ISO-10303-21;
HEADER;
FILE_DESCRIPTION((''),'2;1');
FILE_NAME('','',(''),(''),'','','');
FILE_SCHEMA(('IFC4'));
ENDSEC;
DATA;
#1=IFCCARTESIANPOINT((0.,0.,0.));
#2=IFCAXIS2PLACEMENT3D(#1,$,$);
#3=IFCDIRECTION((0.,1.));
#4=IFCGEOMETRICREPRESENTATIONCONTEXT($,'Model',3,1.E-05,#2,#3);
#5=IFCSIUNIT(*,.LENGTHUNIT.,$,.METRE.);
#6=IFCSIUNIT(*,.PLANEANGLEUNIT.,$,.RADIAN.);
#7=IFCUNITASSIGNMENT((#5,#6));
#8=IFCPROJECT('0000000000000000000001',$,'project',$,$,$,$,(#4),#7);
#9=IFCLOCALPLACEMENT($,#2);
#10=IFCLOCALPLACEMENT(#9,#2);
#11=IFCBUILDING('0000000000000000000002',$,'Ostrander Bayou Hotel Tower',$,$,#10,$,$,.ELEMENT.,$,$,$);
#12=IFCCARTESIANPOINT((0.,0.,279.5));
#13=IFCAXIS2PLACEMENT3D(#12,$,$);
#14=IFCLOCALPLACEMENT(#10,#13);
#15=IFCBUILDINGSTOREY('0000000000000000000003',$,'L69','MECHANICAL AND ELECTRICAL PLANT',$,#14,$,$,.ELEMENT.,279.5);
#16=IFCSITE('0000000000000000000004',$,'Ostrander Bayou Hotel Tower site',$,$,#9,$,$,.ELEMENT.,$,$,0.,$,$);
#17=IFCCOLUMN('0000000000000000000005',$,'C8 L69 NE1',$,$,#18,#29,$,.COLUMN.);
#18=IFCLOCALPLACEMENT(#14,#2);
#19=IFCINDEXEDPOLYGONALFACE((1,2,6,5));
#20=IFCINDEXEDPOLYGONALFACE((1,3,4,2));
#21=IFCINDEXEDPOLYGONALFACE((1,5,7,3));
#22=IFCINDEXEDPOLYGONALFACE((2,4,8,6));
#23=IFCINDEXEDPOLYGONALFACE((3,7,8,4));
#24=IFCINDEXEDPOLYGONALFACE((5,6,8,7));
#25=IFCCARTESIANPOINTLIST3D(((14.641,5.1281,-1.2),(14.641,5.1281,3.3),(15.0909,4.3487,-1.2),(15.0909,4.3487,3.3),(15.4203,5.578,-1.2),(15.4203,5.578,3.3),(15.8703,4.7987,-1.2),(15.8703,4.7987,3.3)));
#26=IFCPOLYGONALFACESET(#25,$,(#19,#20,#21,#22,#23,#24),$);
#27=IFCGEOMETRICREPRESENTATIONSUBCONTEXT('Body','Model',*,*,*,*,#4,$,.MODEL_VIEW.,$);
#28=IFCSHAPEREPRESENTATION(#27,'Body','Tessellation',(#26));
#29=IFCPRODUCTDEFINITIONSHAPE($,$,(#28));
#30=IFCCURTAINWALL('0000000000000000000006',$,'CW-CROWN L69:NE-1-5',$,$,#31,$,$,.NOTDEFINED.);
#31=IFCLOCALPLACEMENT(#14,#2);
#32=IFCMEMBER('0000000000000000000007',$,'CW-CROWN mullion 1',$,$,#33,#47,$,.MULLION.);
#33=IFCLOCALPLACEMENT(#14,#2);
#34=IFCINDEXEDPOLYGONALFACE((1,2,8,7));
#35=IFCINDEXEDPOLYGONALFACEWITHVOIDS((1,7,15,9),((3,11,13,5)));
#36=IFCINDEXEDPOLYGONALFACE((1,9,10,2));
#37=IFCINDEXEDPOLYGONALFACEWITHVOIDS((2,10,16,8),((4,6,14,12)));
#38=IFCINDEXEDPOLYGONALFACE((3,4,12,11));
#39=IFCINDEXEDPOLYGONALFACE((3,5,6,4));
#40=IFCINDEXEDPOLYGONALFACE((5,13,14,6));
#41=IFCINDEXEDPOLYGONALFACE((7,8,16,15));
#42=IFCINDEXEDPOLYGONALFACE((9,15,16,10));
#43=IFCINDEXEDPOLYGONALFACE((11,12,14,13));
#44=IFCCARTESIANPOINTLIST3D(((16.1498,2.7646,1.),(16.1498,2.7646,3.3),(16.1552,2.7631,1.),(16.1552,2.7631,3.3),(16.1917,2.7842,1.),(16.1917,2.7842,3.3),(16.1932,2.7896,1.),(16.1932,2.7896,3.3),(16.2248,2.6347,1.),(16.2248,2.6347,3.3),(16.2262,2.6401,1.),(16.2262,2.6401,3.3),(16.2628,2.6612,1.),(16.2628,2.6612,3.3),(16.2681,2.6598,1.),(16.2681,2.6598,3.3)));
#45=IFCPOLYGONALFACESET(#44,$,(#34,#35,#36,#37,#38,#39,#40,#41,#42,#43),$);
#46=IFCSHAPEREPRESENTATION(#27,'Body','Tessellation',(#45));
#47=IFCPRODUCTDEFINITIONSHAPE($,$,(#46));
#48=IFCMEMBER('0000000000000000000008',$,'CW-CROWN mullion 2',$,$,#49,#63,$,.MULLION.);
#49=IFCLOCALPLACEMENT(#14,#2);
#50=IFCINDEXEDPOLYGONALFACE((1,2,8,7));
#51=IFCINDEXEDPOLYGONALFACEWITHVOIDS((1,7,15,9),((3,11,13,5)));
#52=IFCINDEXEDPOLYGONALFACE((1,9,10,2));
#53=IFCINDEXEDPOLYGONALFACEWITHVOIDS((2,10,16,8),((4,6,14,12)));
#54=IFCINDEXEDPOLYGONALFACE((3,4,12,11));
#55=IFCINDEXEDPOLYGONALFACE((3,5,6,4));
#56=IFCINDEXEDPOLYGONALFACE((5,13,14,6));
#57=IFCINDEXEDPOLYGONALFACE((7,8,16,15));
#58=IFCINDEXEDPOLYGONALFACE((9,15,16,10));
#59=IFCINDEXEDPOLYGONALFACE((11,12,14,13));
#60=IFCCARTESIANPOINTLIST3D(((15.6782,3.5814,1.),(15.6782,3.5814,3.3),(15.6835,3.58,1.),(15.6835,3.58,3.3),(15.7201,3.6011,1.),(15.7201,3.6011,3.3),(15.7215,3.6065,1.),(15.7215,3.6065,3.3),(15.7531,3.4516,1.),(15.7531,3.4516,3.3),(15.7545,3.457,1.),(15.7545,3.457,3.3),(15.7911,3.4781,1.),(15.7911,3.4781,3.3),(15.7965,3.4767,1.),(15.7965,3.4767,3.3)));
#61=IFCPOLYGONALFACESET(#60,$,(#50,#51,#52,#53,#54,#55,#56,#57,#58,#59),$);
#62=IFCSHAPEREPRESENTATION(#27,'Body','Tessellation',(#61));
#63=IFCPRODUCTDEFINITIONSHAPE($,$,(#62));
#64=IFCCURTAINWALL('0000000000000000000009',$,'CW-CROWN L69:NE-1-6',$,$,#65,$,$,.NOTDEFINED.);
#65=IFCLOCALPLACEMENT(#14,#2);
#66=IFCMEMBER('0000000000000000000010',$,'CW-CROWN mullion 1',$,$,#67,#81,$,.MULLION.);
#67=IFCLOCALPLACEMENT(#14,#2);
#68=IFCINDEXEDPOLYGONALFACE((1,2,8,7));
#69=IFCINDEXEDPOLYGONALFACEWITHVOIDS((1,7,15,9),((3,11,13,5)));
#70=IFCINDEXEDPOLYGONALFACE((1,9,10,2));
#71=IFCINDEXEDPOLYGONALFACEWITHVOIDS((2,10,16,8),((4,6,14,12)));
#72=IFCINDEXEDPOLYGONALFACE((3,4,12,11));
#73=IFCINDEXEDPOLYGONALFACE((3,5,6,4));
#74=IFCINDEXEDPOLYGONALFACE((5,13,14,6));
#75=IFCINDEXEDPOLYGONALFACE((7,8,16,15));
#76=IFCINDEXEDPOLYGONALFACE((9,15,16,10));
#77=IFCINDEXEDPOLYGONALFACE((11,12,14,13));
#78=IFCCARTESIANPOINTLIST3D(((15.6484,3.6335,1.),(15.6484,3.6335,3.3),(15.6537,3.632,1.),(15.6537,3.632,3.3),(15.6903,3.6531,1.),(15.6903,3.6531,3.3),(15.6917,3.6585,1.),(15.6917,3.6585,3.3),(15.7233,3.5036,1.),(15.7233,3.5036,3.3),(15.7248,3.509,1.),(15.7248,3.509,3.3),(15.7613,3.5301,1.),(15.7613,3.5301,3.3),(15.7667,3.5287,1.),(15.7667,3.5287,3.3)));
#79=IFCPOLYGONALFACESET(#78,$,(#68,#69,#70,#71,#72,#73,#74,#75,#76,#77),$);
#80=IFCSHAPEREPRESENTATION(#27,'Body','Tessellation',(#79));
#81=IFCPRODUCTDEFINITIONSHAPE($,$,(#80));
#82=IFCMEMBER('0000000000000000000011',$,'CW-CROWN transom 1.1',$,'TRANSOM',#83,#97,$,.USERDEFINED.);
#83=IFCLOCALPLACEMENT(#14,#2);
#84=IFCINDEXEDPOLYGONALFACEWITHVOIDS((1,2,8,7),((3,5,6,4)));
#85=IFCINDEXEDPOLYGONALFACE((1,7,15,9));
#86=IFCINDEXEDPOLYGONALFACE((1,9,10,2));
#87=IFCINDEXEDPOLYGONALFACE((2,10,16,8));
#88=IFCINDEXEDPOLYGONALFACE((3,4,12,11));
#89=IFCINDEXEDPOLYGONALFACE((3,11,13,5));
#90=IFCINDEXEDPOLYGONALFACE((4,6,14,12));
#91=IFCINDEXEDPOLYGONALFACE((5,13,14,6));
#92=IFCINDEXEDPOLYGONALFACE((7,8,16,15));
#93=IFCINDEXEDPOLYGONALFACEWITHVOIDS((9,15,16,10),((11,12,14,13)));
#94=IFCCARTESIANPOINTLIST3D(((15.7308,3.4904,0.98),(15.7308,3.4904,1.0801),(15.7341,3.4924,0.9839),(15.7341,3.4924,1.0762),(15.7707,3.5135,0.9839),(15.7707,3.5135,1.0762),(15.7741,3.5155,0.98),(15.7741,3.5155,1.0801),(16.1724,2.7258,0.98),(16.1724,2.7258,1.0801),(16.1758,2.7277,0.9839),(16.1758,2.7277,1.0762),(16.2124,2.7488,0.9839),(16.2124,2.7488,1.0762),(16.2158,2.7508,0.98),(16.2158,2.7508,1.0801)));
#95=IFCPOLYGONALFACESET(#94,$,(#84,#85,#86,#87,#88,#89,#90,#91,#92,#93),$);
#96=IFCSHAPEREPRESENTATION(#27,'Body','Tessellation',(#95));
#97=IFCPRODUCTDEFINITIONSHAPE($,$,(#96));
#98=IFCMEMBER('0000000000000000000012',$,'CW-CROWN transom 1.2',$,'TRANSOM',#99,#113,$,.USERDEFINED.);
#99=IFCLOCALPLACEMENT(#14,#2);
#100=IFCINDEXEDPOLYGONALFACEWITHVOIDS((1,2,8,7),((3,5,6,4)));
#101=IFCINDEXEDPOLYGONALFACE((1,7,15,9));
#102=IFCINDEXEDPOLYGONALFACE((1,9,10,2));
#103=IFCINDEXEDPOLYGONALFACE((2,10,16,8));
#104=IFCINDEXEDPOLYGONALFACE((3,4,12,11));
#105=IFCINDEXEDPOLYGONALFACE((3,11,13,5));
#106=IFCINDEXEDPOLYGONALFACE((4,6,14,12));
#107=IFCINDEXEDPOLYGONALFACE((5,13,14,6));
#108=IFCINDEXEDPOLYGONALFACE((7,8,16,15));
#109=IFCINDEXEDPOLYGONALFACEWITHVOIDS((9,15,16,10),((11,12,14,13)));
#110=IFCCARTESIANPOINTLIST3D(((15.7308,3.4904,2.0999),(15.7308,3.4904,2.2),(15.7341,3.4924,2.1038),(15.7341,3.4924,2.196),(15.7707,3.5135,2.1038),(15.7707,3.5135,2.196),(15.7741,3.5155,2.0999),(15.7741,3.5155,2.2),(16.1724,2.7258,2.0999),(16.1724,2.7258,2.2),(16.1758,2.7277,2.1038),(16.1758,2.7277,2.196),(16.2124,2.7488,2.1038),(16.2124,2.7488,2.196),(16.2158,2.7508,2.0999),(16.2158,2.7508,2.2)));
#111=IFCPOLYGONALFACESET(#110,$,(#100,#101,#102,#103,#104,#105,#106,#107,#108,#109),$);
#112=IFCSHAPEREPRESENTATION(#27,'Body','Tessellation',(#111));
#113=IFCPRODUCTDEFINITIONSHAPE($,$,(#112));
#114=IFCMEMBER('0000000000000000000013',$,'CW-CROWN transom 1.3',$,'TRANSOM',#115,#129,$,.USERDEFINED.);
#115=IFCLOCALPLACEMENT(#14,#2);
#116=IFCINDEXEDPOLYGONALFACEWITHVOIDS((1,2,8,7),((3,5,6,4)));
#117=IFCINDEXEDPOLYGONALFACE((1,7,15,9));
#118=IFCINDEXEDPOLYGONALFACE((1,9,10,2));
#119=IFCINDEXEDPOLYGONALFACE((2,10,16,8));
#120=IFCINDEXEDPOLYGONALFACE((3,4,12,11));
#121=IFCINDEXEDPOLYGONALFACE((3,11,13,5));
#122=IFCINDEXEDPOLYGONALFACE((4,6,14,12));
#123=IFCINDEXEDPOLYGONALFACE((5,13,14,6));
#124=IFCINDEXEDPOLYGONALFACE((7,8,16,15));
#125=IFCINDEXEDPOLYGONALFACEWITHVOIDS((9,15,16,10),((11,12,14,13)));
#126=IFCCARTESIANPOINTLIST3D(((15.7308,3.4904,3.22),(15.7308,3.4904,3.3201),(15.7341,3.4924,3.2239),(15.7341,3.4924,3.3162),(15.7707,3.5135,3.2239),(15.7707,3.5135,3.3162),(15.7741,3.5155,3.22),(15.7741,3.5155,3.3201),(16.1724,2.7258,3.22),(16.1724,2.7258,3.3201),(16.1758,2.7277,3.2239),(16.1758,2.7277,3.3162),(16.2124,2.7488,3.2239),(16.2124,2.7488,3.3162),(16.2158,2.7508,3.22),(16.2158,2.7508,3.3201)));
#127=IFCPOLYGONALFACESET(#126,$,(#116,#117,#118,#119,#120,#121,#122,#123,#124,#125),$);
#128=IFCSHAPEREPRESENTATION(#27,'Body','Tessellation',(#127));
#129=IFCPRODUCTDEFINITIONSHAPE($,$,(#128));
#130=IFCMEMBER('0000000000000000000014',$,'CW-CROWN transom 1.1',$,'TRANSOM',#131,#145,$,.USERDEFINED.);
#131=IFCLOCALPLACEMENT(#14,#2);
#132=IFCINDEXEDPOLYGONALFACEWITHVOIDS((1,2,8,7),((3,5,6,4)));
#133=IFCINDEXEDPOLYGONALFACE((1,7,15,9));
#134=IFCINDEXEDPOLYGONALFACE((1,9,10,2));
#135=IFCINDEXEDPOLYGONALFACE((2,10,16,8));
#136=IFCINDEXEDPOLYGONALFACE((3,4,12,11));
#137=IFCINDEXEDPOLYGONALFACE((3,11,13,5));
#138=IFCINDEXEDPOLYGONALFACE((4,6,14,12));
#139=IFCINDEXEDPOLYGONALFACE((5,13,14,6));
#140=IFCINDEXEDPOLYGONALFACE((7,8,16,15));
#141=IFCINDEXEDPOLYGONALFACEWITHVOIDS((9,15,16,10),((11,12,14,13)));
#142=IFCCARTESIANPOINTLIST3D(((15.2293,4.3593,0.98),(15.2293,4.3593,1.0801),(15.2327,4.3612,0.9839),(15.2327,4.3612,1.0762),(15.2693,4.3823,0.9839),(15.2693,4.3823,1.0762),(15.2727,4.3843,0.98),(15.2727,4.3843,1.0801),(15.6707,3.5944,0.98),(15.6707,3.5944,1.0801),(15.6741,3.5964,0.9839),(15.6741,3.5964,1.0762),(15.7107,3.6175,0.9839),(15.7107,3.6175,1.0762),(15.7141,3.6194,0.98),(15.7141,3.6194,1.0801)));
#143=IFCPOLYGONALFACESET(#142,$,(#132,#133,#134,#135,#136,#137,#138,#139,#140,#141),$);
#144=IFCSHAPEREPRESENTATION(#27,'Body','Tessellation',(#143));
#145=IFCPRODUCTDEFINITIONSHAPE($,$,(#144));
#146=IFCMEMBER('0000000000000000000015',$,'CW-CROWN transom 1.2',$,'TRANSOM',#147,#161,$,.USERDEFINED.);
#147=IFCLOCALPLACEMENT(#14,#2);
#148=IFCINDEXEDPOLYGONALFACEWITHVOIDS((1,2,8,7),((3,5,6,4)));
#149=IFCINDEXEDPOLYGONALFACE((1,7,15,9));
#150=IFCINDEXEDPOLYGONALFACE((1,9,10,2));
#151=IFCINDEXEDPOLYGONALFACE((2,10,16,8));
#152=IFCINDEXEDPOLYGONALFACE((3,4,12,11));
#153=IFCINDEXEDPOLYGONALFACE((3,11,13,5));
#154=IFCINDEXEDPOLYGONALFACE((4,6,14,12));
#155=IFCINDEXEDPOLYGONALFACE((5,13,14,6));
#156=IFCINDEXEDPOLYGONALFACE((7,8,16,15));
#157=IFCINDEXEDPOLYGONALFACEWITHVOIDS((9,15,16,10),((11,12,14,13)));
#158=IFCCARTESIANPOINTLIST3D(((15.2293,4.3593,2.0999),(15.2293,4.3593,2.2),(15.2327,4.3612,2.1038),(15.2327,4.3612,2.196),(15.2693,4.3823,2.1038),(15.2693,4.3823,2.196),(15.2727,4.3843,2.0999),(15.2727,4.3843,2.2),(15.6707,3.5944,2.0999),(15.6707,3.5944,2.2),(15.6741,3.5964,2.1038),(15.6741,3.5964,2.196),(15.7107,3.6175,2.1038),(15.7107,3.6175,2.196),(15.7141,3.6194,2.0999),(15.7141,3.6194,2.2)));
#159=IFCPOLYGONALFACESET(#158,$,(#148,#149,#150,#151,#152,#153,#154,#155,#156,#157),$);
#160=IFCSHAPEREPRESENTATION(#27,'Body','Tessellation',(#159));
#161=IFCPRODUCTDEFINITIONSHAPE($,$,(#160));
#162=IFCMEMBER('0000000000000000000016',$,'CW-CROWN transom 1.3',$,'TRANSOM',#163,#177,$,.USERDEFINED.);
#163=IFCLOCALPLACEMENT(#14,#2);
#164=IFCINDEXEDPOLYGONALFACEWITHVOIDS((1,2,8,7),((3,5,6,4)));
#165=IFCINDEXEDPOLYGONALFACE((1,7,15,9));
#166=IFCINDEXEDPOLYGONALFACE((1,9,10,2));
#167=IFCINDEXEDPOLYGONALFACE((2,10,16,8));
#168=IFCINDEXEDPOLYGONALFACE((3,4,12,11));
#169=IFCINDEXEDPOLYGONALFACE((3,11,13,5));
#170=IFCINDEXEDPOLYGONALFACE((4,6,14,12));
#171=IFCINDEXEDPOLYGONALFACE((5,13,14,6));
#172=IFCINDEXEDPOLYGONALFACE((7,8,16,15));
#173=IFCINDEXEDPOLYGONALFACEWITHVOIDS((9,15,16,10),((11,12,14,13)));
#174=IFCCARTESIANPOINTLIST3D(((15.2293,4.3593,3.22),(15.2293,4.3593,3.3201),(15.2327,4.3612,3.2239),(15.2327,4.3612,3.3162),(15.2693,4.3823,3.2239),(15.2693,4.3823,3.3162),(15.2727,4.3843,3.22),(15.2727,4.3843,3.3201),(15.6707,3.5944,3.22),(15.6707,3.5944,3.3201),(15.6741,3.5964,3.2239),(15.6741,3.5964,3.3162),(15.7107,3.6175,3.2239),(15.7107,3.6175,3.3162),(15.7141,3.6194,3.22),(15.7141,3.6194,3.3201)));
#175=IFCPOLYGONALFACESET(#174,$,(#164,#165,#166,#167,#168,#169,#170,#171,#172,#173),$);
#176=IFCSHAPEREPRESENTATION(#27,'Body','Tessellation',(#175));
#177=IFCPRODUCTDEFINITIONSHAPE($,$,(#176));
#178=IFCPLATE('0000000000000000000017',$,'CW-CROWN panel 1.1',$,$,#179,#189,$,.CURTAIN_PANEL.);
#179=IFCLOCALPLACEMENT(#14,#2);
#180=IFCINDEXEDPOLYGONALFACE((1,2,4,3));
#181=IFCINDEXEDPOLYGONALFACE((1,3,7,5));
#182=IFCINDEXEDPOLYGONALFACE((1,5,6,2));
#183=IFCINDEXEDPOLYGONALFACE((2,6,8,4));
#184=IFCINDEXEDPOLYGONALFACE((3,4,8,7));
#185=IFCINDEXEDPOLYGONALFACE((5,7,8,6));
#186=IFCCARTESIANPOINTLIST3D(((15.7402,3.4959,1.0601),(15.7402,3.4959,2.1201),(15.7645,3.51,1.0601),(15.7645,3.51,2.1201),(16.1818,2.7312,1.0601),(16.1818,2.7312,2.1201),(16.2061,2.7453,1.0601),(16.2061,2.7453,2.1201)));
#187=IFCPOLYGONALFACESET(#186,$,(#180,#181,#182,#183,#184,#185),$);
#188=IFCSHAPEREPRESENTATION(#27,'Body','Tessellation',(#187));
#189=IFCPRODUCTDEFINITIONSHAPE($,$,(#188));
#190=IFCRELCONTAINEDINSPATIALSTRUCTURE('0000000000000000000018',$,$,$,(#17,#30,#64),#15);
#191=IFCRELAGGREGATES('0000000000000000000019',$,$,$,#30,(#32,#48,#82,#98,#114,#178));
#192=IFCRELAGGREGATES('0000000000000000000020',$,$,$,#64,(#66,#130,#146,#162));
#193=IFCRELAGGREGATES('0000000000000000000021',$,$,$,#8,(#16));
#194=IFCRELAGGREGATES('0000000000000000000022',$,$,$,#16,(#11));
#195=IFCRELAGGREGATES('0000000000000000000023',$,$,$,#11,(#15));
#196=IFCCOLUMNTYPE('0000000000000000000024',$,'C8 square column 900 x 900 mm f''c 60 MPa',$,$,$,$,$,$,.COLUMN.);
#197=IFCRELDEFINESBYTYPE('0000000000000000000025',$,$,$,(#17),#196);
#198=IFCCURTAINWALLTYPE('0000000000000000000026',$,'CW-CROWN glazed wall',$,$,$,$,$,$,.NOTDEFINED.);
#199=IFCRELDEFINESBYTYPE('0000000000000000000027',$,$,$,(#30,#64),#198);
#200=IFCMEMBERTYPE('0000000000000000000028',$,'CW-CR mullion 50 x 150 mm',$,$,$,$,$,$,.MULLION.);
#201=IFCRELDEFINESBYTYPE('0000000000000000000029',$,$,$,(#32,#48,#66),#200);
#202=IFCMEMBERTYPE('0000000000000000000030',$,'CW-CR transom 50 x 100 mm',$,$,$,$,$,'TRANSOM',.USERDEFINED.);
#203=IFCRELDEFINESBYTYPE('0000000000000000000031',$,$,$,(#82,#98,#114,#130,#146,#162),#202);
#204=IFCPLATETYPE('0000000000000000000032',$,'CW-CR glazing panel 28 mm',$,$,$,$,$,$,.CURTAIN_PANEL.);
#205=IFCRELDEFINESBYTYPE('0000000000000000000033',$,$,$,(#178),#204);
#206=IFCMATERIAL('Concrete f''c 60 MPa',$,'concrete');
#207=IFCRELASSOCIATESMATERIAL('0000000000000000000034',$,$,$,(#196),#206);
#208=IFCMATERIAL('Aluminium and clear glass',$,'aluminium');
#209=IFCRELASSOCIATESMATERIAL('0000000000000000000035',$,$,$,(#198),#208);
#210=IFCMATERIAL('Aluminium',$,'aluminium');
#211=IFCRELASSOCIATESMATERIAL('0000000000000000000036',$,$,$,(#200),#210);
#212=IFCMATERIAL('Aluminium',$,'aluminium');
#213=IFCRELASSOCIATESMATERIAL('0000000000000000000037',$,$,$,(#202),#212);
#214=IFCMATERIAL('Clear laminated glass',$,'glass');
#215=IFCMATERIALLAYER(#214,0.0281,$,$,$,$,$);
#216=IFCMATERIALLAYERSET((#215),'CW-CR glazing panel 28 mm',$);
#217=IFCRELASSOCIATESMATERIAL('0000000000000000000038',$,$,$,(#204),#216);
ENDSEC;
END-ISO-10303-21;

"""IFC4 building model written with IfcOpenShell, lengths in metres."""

from ifc_helpers import new_model, si_unit, direction, frame, origin, origin_2d, place, context, subcontext, project, spatial, rectangle, hollow_rectangle, extrude, material, layer, layer_set, material_profile, profile_set, type_object, element, aggregate, save


model = new_model("IFC4")

# Units and contexts
model_context = context("Model", 3, precision=1e-05, world=origin(), true_north=direction((0.0, 1.0)))
body_context = subcontext(model_context, "Body", "Model", "MODEL_VIEW")
ifc_project = project(units=[si_unit("LENGTHUNIT", "METRE"), si_unit("PLANEANGLEUNIT", "RADIAN")], contexts=[model_context])

# Site, building, storey
site_placement = place(None, origin())
site = spatial("IfcSite", under=ifc_project, at=site_placement, Name="Ostrander Bayou Hotel Tower site", CompositionType="ELEMENT", RefElevation=0.0)
building_placement = place(site_placement, origin())
building = spatial("IfcBuilding", under=site, at=building_placement, Name="Ostrander Bayou Hotel Tower", CompositionType="ELEMENT")
storey_placement = place(building_placement, frame((0.0, 0.0, 279.5)))
storey = spatial("IfcBuildingStorey", under=building, at=storey_placement, Name="L69", Description="MECHANICAL AND ELECTRICAL PLANT", CompositionType="ELEMENT", Elevation=279.5)

# Column
ifc_material_1 = material(Name="Concrete f'c 60 MPa", Category="concrete")
ifc_material_profile_1 = material_profile(ifc_material_1, rectangle(XDim=0.8999, YDim=0.8999, at=origin_2d()))
ifc_profile_set_1 = profile_set([ifc_material_profile_1], Name="Concrete f'c 60 MPa")
column_type = type_object("IfcColumnType", Name="C8 square column 900 x 900 mm f'c 60 MPa", PredefinedType="COLUMN", material=ifc_profile_set_1)
column_placement = place(storey_placement, frame((15.2556, 4.9634, -1.2), z_axis=(0.0, 0.0, 1.0), x_axis=(0.5, -0.866025, 0.0)))
element("IfcColumn", 1, at=column_placement, inside=storey, type_object=column_type, Name="C8 L69 NE1", PredefinedType="COLUMN", context=body_context, shape_type="SweptSolid", body=[
    extrude(rectangle(XDim=0.8999, YDim=0.8999, at=origin_2d()), origin(), (0.0, 0.0, 1.0), 4.5),
])

# Curtain wall, members
ifc_material_2 = material(Name="Aluminium and clear glass", Category="aluminium")
curtain_wall_type = type_object("IfcCurtainWallType", Name="CW-CROWN glazed wall", PredefinedType="NOTDEFINED", material=ifc_material_2)
curtain_wall_1_placement = place(storey_placement, origin())
curtain_wall_1 = element("IfcCurtainWall", 2, at=curtain_wall_1_placement, inside=storey, type_object=curtain_wall_type, Name="CW-CROWN L69:NE-1-5", PredefinedType="NOTDEFINED")
ifc_material_3 = material(Name="Aluminium", Category="aluminium")
ifc_material_profile_2 = material_profile(ifc_material_3, hollow_rectangle(XDim=0.05, YDim=0.1499, WallThickness=0.0039, at=origin_2d()))
ifc_profile_set_2 = profile_set([ifc_material_profile_2], Name="Aluminium")
member_type_1 = type_object("IfcMemberType", Name="CW-CR mullion 50 x 150 mm", PredefinedType="MULLION", material=ifc_profile_set_2)
member_1_placement = place(storey_placement, frame((16.209, 2.7122, 1.0), z_axis=(0.0, 0.0, 1.0), x_axis=(-0.866001, -0.500042, 0.0)))
member_1 = element("IfcMember", 3, at=member_1_placement, type_object=member_type_1, Name="CW-CROWN mullion 1", PredefinedType="MULLION", context=body_context, shape_type="SweptSolid", body=[
    extrude(hollow_rectangle(XDim=0.05, YDim=0.1499, WallThickness=0.0039, at=origin_2d()), origin(), (0.0, 0.0, 1.0), 2.3),
])
member_2_placement = place(storey_placement, frame((15.7373, 3.5291, 1.0), z_axis=(0.0, 0.0, 1.0), x_axis=(-0.866001, -0.500042, 0.0)))
member_2 = element("IfcMember", 4, at=member_2_placement, type_object=member_type_1, Name="CW-CROWN mullion 2", PredefinedType="MULLION", context=body_context, shape_type="SweptSolid", body=[
    extrude(hollow_rectangle(XDim=0.05, YDim=0.1499, WallThickness=0.0039, at=origin_2d()), origin(), (0.0, 0.0, 1.0), 2.3),
])

# Curtain wall, member
curtain_wall_2_placement = place(storey_placement, origin())
curtain_wall_2 = element("IfcCurtainWall", 5, at=curtain_wall_2_placement, inside=storey, type_object=curtain_wall_type, Name="CW-CROWN L69:NE-1-6", PredefinedType="NOTDEFINED")
member_3_placement = place(storey_placement, frame((15.7075, 3.5811, 1.0), z_axis=(0.0, 0.0, 1.0), x_axis=(-0.866044, -0.499967, 0.0)))
member_3 = element("IfcMember", 6, at=member_3_placement, type_object=member_type_1, Name="CW-CROWN mullion 1", PredefinedType="MULLION", context=body_context, shape_type="SweptSolid", body=[
    extrude(hollow_rectangle(XDim=0.05, YDim=0.1499, WallThickness=0.0039, at=origin_2d()), origin(), (0.0, 0.0, 1.0), 2.3),
])

# Members
ifc_material_4 = material(Name="Aluminium", Category="aluminium")
ifc_material_profile_3 = material_profile(ifc_material_4, hollow_rectangle(XDim=0.05, YDim=0.1001, WallThickness=0.0039, at=origin_2d()))
ifc_profile_set_3 = profile_set([ifc_material_profile_3], Name="Aluminium")
member_type_2 = type_object("IfcMemberType", Name="CW-CR transom 50 x 100 mm", ElementType="TRANSOM", PredefinedType="USERDEFINED", material=ifc_profile_set_3)
member_4_placement = place(storey_placement, frame((16.1941, 2.7383, 1.03), z_axis=(-0.500153, 0.865937, 0.0), x_axis=(-0.865937, -0.500153, 0.0)))
member_4 = element("IfcMember", 7, at=member_4_placement, type_object=member_type_2, Name="CW-CROWN transom 1.1", ObjectType="TRANSOM", PredefinedType="USERDEFINED", context=body_context, shape_type="SweptSolid", body=[
    extrude(hollow_rectangle(XDim=0.05, YDim=0.1001, WallThickness=0.0039, at=origin_2d()), origin(), (0.0, 0.0, 1.0), 0.8831),
])
member_5_placement = place(storey_placement, frame((16.1941, 2.7383, 2.1499), z_axis=(-0.500153, 0.865937, 0.0), x_axis=(-0.865937, -0.500153, 0.0)))
member_5 = element("IfcMember", 8, at=member_5_placement, type_object=member_type_2, Name="CW-CROWN transom 1.2", ObjectType="TRANSOM", PredefinedType="USERDEFINED", context=body_context, shape_type="SweptSolid", body=[
    extrude(hollow_rectangle(XDim=0.05, YDim=0.1001, WallThickness=0.0039, at=origin_2d()), origin(), (0.0, 0.0, 1.0), 0.8831),
])
member_6_placement = place(storey_placement, frame((16.1941, 2.7383, 3.27), z_axis=(-0.500153, 0.865937, 0.0), x_axis=(-0.865937, -0.500153, 0.0)))
member_6 = element("IfcMember", 9, at=member_6_placement, type_object=member_type_2, Name="CW-CROWN transom 1.3", ObjectType="TRANSOM", PredefinedType="USERDEFINED", context=body_context, shape_type="SweptSolid", body=[
    extrude(hollow_rectangle(XDim=0.05, YDim=0.1001, WallThickness=0.0039, at=origin_2d()), origin(), (0.0, 0.0, 1.0), 0.8831),
])
member_7_placement = place(storey_placement, frame((15.6924, 3.6069, 1.03), z_axis=(-0.499826, 0.866126, 0.0), x_axis=(-0.866126, -0.499826, 0.0)))
member_7 = element("IfcMember", 10, at=member_7_placement, type_object=member_type_2, Name="CW-CROWN transom 1.1", ObjectType="TRANSOM", PredefinedType="USERDEFINED", context=body_context, shape_type="SweptSolid", body=[
    extrude(hollow_rectangle(XDim=0.05, YDim=0.1001, WallThickness=0.0039, at=origin_2d()), origin(), (0.0, 0.0, 1.0), 0.8831),
])
member_8_placement = place(storey_placement, frame((15.6924, 3.6069, 2.1499), z_axis=(-0.499826, 0.866126, 0.0), x_axis=(-0.866126, -0.499826, 0.0)))
member_8 = element("IfcMember", 11, at=member_8_placement, type_object=member_type_2, Name="CW-CROWN transom 1.2", ObjectType="TRANSOM", PredefinedType="USERDEFINED", context=body_context, shape_type="SweptSolid", body=[
    extrude(hollow_rectangle(XDim=0.05, YDim=0.1001, WallThickness=0.0039, at=origin_2d()), origin(), (0.0, 0.0, 1.0), 0.8831),
])
member_9_placement = place(storey_placement, frame((15.6924, 3.6069, 3.27), z_axis=(-0.499826, 0.866126, 0.0), x_axis=(-0.866126, -0.499826, 0.0)))
member_9 = element("IfcMember", 12, at=member_9_placement, type_object=member_type_2, Name="CW-CROWN transom 1.3", ObjectType="TRANSOM", PredefinedType="USERDEFINED", context=body_context, shape_type="SweptSolid", body=[
    extrude(hollow_rectangle(XDim=0.05, YDim=0.1001, WallThickness=0.0039, at=origin_2d()), origin(), (0.0, 0.0, 1.0), 0.8831),
])

# Plate
ifc_material_5 = material(Name="Clear laminated glass", Category="glass")
ifc_layer_1 = layer(ifc_material_5, 0.0281)
ifc_layer_set_1 = layer_set([ifc_layer_1], Name="CW-CR glazing panel 28 mm")
plate_type = type_object("IfcPlateType", Name="CW-CR glazing panel 28 mm", PredefinedType="CURTAIN_PANEL", material=ifc_layer_set_1)
plate_1_placement = place(storey_placement, frame((15.9731, 3.1206, 1.0601), z_axis=(0.0, 0.0, 1.0), x_axis=(-0.500042, 0.866001, 0.0)))
plate_1 = element("IfcPlate", 13, at=plate_1_placement, type_object=plate_type, Name="CW-CROWN panel 1.1", PredefinedType="CURTAIN_PANEL", context=body_context, shape_type="SweptSolid", body=[
    extrude(rectangle(XDim=0.8831, YDim=0.0281, at=origin_2d()), origin(), (0.0, 0.0, 1.0), 1.0601),
])
aggregate(curtain_wall_1, [member_1, member_2, member_4, member_5, member_6, plate_1])
aggregate(curtain_wall_2, [member_3, member_7, member_8, member_9])

save(model, "model.ifc")
